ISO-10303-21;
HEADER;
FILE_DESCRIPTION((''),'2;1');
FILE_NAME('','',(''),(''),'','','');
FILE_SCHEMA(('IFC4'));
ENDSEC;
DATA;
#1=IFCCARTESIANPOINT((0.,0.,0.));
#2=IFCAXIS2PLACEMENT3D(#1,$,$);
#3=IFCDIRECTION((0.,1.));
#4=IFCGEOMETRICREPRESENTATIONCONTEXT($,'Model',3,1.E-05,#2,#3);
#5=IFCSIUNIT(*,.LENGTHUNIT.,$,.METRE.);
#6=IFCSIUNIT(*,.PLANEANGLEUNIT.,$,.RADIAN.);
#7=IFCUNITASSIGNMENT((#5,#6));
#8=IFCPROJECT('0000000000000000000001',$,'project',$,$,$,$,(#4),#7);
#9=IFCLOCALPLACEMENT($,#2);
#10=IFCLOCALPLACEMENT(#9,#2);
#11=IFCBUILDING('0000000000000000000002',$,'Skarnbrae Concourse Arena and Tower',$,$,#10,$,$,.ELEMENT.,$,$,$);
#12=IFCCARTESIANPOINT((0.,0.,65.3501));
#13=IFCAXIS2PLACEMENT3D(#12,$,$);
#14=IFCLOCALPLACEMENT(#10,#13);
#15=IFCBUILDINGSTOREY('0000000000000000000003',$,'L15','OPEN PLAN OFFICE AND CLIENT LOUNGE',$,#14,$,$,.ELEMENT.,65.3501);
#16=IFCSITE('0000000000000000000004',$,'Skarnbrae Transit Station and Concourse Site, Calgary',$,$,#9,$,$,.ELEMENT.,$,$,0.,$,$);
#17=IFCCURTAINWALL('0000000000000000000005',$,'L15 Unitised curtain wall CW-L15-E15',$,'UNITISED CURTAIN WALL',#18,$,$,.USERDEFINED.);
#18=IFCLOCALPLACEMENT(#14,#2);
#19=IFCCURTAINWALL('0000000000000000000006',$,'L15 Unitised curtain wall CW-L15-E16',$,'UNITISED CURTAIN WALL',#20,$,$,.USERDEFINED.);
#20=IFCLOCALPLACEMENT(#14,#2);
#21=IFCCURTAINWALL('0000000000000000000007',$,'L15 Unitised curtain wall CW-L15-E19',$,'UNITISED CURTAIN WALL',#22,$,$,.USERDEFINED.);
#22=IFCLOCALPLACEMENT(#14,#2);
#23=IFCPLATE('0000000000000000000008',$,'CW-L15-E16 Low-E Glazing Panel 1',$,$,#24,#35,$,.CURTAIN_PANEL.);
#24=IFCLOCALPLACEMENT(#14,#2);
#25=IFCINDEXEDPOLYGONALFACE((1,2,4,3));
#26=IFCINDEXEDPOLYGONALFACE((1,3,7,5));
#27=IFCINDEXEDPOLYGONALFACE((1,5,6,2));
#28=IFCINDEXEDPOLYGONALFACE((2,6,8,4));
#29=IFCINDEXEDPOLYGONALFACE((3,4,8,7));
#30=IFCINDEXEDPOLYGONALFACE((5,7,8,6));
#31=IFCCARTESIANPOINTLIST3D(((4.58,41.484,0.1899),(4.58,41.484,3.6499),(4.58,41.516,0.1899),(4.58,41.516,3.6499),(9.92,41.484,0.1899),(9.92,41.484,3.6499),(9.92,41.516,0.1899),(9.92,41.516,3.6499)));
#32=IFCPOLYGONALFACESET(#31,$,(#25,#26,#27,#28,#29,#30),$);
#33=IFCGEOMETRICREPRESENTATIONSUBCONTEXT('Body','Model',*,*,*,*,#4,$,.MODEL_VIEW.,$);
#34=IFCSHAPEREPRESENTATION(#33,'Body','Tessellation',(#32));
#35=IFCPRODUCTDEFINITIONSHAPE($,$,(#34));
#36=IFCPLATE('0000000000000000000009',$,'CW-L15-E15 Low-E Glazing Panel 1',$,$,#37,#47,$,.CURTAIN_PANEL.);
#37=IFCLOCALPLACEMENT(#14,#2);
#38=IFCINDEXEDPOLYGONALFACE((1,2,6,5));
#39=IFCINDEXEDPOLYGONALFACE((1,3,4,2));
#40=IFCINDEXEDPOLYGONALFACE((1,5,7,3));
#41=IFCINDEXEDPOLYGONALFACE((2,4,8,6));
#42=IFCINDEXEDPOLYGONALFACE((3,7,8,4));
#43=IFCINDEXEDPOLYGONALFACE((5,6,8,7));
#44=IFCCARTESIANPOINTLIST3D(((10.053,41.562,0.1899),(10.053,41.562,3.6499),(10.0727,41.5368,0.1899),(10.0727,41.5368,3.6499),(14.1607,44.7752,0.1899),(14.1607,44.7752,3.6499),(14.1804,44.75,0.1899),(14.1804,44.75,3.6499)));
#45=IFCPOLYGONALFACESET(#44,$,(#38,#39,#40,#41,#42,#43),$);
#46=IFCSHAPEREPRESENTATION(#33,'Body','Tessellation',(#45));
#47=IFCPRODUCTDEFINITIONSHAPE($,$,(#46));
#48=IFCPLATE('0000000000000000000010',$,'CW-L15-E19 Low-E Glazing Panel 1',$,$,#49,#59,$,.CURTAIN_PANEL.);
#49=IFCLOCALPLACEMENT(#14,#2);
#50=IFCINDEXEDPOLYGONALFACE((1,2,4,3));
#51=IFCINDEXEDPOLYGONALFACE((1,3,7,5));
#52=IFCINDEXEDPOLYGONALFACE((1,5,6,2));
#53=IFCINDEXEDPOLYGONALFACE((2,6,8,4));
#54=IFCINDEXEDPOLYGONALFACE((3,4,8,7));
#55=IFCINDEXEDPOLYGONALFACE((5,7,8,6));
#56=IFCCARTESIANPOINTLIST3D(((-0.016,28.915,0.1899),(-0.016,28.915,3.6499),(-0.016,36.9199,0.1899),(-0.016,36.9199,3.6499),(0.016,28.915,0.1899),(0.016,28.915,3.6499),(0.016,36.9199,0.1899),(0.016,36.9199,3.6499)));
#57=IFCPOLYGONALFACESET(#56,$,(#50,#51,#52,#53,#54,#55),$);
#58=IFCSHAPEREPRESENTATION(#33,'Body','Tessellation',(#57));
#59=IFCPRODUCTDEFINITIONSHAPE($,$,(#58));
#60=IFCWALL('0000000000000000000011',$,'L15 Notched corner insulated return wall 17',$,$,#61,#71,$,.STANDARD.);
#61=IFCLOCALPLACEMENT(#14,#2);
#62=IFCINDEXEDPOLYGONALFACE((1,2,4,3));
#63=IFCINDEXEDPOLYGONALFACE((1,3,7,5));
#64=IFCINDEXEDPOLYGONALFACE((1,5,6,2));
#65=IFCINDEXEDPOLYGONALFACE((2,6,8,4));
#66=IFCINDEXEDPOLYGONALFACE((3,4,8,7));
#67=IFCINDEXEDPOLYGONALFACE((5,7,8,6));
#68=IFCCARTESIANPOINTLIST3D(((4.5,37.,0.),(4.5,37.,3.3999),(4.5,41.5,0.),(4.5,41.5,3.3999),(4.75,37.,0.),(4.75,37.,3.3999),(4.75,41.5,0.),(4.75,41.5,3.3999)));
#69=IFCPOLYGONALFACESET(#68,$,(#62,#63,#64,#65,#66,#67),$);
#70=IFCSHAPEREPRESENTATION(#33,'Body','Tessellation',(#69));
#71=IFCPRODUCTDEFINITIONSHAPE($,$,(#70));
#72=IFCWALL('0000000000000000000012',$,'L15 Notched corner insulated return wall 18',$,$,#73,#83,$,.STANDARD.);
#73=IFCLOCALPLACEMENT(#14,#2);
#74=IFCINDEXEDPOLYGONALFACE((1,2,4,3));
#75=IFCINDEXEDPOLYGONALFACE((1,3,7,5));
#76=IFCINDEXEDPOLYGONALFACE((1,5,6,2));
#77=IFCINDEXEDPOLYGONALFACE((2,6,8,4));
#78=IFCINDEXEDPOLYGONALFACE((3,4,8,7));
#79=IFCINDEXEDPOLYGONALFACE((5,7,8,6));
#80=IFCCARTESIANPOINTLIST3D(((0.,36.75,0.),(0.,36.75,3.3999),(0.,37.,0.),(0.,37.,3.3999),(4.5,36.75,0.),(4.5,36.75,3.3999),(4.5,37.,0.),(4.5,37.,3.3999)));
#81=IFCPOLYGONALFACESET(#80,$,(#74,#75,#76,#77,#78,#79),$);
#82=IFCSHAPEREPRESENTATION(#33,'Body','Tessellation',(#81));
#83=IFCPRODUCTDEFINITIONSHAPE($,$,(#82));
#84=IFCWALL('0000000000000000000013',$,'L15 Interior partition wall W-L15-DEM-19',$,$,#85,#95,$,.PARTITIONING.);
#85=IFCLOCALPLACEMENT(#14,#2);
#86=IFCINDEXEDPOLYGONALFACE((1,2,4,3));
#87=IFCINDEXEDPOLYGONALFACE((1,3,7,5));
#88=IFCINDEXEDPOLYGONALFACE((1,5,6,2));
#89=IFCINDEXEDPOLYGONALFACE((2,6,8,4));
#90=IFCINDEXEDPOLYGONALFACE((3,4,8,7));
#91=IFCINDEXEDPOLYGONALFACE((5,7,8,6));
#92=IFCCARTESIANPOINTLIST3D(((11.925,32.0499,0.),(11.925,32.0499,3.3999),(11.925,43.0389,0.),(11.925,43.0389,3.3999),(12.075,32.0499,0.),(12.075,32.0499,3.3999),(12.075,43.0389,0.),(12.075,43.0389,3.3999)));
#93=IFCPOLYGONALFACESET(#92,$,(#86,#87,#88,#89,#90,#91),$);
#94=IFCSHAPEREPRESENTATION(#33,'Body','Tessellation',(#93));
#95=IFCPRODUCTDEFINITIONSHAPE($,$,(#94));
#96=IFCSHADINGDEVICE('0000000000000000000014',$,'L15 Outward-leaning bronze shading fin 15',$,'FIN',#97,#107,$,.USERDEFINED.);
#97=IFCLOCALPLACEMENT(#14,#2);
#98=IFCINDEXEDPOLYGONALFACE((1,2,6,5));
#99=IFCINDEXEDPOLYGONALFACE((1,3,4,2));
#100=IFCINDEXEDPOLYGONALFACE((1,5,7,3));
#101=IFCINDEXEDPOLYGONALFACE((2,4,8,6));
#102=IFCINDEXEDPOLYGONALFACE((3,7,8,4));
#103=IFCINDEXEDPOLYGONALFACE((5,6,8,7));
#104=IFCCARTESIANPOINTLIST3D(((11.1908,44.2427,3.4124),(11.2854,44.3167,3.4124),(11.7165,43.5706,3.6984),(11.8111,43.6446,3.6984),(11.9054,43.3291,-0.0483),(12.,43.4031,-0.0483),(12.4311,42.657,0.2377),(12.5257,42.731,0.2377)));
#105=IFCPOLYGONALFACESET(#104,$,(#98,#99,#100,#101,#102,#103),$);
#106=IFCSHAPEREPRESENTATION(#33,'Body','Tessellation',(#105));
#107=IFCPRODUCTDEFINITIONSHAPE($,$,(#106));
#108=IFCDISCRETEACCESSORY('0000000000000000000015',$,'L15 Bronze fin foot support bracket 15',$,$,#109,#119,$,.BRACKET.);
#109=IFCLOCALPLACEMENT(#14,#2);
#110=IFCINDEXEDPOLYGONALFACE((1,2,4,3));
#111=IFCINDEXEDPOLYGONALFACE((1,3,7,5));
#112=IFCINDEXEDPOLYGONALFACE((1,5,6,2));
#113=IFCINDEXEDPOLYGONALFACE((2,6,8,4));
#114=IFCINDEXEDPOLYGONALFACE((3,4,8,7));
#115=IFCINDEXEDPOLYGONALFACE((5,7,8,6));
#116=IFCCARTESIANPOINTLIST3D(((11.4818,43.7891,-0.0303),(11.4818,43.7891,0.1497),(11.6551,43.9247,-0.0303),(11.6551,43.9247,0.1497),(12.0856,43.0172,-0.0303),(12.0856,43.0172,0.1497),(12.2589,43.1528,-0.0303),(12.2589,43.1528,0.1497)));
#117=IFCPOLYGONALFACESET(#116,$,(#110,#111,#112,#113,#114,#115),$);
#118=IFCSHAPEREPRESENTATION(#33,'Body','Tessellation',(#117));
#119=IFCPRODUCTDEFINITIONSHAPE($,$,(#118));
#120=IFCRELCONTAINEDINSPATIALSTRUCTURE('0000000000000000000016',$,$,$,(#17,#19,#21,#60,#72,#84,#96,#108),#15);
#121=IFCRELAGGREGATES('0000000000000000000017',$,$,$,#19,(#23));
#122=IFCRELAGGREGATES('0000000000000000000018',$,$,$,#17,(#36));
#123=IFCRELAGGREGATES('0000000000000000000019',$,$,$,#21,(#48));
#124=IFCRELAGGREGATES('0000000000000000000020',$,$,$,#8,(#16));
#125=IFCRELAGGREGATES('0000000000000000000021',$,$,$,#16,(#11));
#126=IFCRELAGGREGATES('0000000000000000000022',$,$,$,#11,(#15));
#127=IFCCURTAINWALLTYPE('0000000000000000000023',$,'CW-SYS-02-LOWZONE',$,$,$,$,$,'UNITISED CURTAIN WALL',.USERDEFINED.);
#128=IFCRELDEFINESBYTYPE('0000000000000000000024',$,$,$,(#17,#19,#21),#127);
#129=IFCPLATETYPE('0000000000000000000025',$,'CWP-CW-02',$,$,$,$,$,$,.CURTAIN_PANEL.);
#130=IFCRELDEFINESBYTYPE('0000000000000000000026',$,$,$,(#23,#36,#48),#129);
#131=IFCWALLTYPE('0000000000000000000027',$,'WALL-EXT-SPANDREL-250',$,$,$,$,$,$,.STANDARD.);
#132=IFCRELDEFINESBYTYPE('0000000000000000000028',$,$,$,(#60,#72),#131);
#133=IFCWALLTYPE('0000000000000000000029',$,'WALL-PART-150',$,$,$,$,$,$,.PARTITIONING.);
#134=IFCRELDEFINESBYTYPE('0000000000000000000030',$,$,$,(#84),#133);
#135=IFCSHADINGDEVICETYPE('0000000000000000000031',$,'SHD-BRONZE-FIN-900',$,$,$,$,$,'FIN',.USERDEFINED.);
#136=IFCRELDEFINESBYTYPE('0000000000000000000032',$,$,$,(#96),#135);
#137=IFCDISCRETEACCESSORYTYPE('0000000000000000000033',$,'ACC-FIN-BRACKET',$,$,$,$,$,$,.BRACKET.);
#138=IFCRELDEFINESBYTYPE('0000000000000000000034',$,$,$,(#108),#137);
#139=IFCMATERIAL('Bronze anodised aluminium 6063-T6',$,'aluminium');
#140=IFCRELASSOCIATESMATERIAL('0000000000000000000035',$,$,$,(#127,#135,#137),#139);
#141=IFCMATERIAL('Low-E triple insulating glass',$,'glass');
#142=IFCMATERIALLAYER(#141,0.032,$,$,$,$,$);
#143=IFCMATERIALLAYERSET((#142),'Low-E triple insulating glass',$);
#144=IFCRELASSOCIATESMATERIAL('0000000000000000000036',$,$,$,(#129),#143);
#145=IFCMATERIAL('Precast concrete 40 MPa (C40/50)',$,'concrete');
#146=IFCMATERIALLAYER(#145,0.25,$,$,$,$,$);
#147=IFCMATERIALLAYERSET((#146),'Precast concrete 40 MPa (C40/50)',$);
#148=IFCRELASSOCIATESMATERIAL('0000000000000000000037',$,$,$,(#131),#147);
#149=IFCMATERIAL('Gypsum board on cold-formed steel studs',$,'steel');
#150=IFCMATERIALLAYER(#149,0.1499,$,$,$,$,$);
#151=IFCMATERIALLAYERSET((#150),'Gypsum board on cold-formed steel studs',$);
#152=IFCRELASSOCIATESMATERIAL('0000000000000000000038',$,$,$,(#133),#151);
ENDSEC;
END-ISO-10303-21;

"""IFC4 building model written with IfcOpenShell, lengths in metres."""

from ifc_helpers import new_model, si_unit, direction, frame, frame_2d, origin, origin_2d, place, context, subcontext, project, spatial, rectangle, extrude, source, transform, mapped, material, layer, layer_set, type_object, element, aggregate, save


model = new_model("IFC4")

# Units and contexts
model_context = context("Model", 3, precision=1e-05, world=origin(), true_north=direction((0.0, 1.0)))
body_context = subcontext(model_context, "Body", "Model", "MODEL_VIEW")
ifc_project = project(units=[si_unit("LENGTHUNIT", "METRE"), si_unit("PLANEANGLEUNIT", "RADIAN")], contexts=[model_context])

# Site, building, storey
site_placement = place(None, origin())
site = spatial("IfcSite", under=ifc_project, at=site_placement, Name="Skarnbrae Transit Station and Concourse Site, Calgary", CompositionType="ELEMENT", RefElevation=0.0)
building_placement = place(site_placement, origin())
building = spatial("IfcBuilding", under=site, at=building_placement, Name="Skarnbrae Concourse Arena and Tower", CompositionType="ELEMENT")
storey_placement = place(building_placement, frame((0.0, 0.0, 65.3501)))
storey = spatial("IfcBuildingStorey", under=building, at=storey_placement, Name="L15", Description="OPEN PLAN OFFICE AND CLIENT LOUNGE", CompositionType="ELEMENT", Elevation=65.3501)

# Shared definitions
ifc_material_1 = material(Name="Bronze anodised aluminium 6063-T6", Category="aluminium")
curtain_wall_type = type_object("IfcCurtainWallType", Name="CW-SYS-02-LOWZONE", ElementType="UNITISED CURTAIN WALL", PredefinedType="USERDEFINED", material=ifc_material_1)

# Curtain walls
curtain_wall_1_placement = place(storey_placement, origin())
curtain_wall_1 = element("IfcCurtainWall", 1, at=curtain_wall_1_placement, inside=storey, type_object=curtain_wall_type, Name="L15 Unitised curtain wall CW-L15-E15", ObjectType="UNITISED CURTAIN WALL", PredefinedType="USERDEFINED")
curtain_wall_2_placement = place(storey_placement, origin())
curtain_wall_2 = element("IfcCurtainWall", 2, at=curtain_wall_2_placement, inside=storey, type_object=curtain_wall_type, Name="L15 Unitised curtain wall CW-L15-E16", ObjectType="UNITISED CURTAIN WALL", PredefinedType="USERDEFINED")

# Curtain wall
curtain_wall_3_placement = place(storey_placement, origin())
curtain_wall_3 = element("IfcCurtainWall", 3, at=curtain_wall_3_placement, inside=storey, type_object=curtain_wall_type, Name="L15 Unitised curtain wall CW-L15-E19", ObjectType="UNITISED CURTAIN WALL", PredefinedType="USERDEFINED")

# Plates
ifc_material_2 = material(Name="Low-E triple insulating glass", Category="glass")
ifc_layer_1 = layer(ifc_material_2, 0.032)
ifc_layer_set_1 = layer_set([ifc_layer_1], Name="Low-E triple insulating glass")
plate_type = type_object("IfcPlateType", Name="CWP-CW-02", PredefinedType="CURTAIN_PANEL", material=ifc_layer_set_1)
shared_shape_1 = source(origin(), body_context, "Body", "SweptSolid", [
    extrude(rectangle(XDim=5.3401, YDim=0.032, at=origin_2d()), origin(), (0.0, 0.0, 1.0), 3.46),
])
plate_1_placement = place(storey_placement, frame((7.25, 41.5, 0.1899), z_axis=(0.0, 0.0, 1.0), x_axis=(-1.0, 0.0, 0.0)))
plate_1 = element("IfcPlate", 4, at=plate_1_placement, type_object=plate_type, Name="CW-L15-E16 Low-E Glazing Panel 1", PredefinedType="CURTAIN_PANEL", context=body_context, shape_type="MappedRepresentation", body=[
    mapped(shared_shape_1, transform((0.0, 0.0, 0.0))),
])
aggregate(curtain_wall_2, [plate_1])
shared_shape_2 = source(origin(), body_context, "Body", "SweptSolid", [
    extrude(rectangle(XDim=5.2151, YDim=0.032, at=origin_2d()), origin(), (0.0, 0.0, 1.0), 3.46),
])
plate_2_placement = place(storey_placement, frame((12.1167, 43.156, 0.1899), z_axis=(0.0, 0.0, 1.0), x_axis=(-0.787652, -0.616121, 0.0)))
plate_2 = element("IfcPlate", 5, at=plate_2_placement, type_object=plate_type, Name="CW-L15-E15 Low-E Glazing Panel 1", PredefinedType="CURTAIN_PANEL", context=body_context, shape_type="MappedRepresentation", body=[
    mapped(shared_shape_2, transform((0.0, 0.0, 0.0))),
])
aggregate(curtain_wall_1, [plate_2])
shared_shape_3 = source(origin(), body_context, "Body", "SweptSolid", [
    extrude(rectangle(XDim=8.0049, YDim=0.032, at=origin_2d()), origin(), (0.0, 0.0, 1.0), 3.46),
])
plate_3_placement = place(storey_placement, frame((0.0, 32.9175, 0.1899), z_axis=(0.0, 0.0, 1.0), x_axis=(0.0, -1.0, 0.0)))
plate_3 = element("IfcPlate", 6, at=plate_3_placement, type_object=plate_type, Name="CW-L15-E19 Low-E Glazing Panel 1", PredefinedType="CURTAIN_PANEL", context=body_context, shape_type="MappedRepresentation", body=[
    mapped(shared_shape_3, transform((0.0, 0.0, 0.0))),
])
aggregate(curtain_wall_3, [plate_3])

# Walls
ifc_material_3 = material(Name="Precast concrete 40 MPa (C40/50)", Category="concrete")
ifc_layer_2 = layer(ifc_material_3, 0.25)
ifc_layer_set_2 = layer_set([ifc_layer_2], Name="Precast concrete 40 MPa (C40/50)")
wall_type_1 = type_object("IfcWallType", Name="WALL-EXT-SPANDREL-250", PredefinedType="STANDARD", material=ifc_layer_set_2)
shared_shape_4 = source(origin(), body_context, "Body", "SweptSolid", [
    extrude(rectangle(XDim=4.5, YDim=0.25, at=frame_2d((2.25, 0.0))), origin(), (0.0, 0.0, 1.0), 3.3999),
])
for number, where, z_axis, x_axis, name in (
    (7, (4.625, 41.5, 0.0), (0.0, 0.0, 1.0), (0.0, -1.0, 0.0), "L15 Notched corner insulated return wall 17"),
    (8, (4.5, 36.875, 0.0), (0.0, 0.0, 1.0), (-1.0, 0.0, 0.0), "L15 Notched corner insulated return wall 18"),
):
    element("IfcWall", number, at=place(storey_placement, frame(where, z_axis=z_axis, x_axis=x_axis)), inside=storey, type_object=wall_type_1, Name=name, PredefinedType="STANDARD", context=body_context, shape_type="MappedRepresentation", body=[
        mapped(shared_shape_4, transform((0.0, 0.0, 0.0))),
    ])
ifc_material_4 = material(Name="Gypsum board on cold-formed steel studs", Category="steel")
ifc_layer_3 = layer(ifc_material_4, 0.1499)
ifc_layer_set_3 = layer_set([ifc_layer_3], Name="Gypsum board on cold-formed steel studs")
wall_type_2 = type_object("IfcWallType", Name="WALL-PART-150", PredefinedType="PARTITIONING", material=ifc_layer_set_3)
shared_shape_5 = source(origin(), body_context, "Body", "SweptSolid", [
    extrude(rectangle(XDim=10.989, YDim=0.1499, at=frame_2d((5.4946, 0.0))), origin(), (0.0, 0.0, 1.0), 3.3999),
])
wall_placement = place(storey_placement, frame((12.0, 43.0391, 0.0), z_axis=(0.0, 0.0, 1.0), x_axis=(0.0, -1.0, 0.0)))
element("IfcWall", 9, at=wall_placement, inside=storey, type_object=wall_type_2, Name="L15 Interior partition wall W-L15-DEM-19", PredefinedType="PARTITIONING", context=body_context, shape_type="MappedRepresentation", body=[
    mapped(shared_shape_5, transform((0.0, 0.0, 0.0))),
])

# Shading device
shading_device_type = type_object("IfcShadingDeviceType", Name="SHD-BRONZE-FIN-900", ElementType="FIN", PredefinedType="USERDEFINED", material=ifc_material_1)
shared_shape_6 = source(origin(), body_context, "Body", "SweptSolid", [
    extrude(rectangle(XDim=0.1201, YDim=0.8999, at=origin_2d()), origin(), (0.0, 0.0, 1.0), 3.6499),
])
shading_device_placement = place(storey_placement, frame((12.2156, 43.03, 0.0947), z_axis=(-0.195802, 0.250318, 0.948157), x_axis=(0.787656, 0.616115, 0.0)))
element("IfcShadingDevice", 10, at=shading_device_placement, inside=storey, type_object=shading_device_type, Name="L15 Outward-leaning bronze shading fin 15", ObjectType="FIN", PredefinedType="USERDEFINED", context=body_context, shape_type="MappedRepresentation", body=[
    mapped(shared_shape_6, transform((0.0, 0.0, 0.0))),
])

# Discrete accessory
discrete_accessory_type = type_object("IfcDiscreteAccessoryType", Name="ACC-FIN-BRACKET", PredefinedType="BRACKET", material=ifc_material_1)
shared_shape_7 = source(origin(), body_context, "Body", "SweptSolid", [
    extrude(rectangle(XDim=0.22, YDim=0.98, at=origin_2d()), origin(), (0.0, 0.0, 1.0), 0.1799),
])
discrete_accessory_placement = place(storey_placement, frame((11.8704, 43.4709, -0.0303), z_axis=(0.0, 0.0, 1.0), x_axis=(0.787656, 0.616115, 0.0)))
element("IfcDiscreteAccessory", 11, at=discrete_accessory_placement, inside=storey, type_object=discrete_accessory_type, Name="L15 Bronze fin foot support bracket 15", PredefinedType="BRACKET", context=body_context, shape_type="MappedRepresentation", body=[
    mapped(shared_shape_7, transform((0.0, 0.0, 0.0))),
])

save(model, "model.ifc")
